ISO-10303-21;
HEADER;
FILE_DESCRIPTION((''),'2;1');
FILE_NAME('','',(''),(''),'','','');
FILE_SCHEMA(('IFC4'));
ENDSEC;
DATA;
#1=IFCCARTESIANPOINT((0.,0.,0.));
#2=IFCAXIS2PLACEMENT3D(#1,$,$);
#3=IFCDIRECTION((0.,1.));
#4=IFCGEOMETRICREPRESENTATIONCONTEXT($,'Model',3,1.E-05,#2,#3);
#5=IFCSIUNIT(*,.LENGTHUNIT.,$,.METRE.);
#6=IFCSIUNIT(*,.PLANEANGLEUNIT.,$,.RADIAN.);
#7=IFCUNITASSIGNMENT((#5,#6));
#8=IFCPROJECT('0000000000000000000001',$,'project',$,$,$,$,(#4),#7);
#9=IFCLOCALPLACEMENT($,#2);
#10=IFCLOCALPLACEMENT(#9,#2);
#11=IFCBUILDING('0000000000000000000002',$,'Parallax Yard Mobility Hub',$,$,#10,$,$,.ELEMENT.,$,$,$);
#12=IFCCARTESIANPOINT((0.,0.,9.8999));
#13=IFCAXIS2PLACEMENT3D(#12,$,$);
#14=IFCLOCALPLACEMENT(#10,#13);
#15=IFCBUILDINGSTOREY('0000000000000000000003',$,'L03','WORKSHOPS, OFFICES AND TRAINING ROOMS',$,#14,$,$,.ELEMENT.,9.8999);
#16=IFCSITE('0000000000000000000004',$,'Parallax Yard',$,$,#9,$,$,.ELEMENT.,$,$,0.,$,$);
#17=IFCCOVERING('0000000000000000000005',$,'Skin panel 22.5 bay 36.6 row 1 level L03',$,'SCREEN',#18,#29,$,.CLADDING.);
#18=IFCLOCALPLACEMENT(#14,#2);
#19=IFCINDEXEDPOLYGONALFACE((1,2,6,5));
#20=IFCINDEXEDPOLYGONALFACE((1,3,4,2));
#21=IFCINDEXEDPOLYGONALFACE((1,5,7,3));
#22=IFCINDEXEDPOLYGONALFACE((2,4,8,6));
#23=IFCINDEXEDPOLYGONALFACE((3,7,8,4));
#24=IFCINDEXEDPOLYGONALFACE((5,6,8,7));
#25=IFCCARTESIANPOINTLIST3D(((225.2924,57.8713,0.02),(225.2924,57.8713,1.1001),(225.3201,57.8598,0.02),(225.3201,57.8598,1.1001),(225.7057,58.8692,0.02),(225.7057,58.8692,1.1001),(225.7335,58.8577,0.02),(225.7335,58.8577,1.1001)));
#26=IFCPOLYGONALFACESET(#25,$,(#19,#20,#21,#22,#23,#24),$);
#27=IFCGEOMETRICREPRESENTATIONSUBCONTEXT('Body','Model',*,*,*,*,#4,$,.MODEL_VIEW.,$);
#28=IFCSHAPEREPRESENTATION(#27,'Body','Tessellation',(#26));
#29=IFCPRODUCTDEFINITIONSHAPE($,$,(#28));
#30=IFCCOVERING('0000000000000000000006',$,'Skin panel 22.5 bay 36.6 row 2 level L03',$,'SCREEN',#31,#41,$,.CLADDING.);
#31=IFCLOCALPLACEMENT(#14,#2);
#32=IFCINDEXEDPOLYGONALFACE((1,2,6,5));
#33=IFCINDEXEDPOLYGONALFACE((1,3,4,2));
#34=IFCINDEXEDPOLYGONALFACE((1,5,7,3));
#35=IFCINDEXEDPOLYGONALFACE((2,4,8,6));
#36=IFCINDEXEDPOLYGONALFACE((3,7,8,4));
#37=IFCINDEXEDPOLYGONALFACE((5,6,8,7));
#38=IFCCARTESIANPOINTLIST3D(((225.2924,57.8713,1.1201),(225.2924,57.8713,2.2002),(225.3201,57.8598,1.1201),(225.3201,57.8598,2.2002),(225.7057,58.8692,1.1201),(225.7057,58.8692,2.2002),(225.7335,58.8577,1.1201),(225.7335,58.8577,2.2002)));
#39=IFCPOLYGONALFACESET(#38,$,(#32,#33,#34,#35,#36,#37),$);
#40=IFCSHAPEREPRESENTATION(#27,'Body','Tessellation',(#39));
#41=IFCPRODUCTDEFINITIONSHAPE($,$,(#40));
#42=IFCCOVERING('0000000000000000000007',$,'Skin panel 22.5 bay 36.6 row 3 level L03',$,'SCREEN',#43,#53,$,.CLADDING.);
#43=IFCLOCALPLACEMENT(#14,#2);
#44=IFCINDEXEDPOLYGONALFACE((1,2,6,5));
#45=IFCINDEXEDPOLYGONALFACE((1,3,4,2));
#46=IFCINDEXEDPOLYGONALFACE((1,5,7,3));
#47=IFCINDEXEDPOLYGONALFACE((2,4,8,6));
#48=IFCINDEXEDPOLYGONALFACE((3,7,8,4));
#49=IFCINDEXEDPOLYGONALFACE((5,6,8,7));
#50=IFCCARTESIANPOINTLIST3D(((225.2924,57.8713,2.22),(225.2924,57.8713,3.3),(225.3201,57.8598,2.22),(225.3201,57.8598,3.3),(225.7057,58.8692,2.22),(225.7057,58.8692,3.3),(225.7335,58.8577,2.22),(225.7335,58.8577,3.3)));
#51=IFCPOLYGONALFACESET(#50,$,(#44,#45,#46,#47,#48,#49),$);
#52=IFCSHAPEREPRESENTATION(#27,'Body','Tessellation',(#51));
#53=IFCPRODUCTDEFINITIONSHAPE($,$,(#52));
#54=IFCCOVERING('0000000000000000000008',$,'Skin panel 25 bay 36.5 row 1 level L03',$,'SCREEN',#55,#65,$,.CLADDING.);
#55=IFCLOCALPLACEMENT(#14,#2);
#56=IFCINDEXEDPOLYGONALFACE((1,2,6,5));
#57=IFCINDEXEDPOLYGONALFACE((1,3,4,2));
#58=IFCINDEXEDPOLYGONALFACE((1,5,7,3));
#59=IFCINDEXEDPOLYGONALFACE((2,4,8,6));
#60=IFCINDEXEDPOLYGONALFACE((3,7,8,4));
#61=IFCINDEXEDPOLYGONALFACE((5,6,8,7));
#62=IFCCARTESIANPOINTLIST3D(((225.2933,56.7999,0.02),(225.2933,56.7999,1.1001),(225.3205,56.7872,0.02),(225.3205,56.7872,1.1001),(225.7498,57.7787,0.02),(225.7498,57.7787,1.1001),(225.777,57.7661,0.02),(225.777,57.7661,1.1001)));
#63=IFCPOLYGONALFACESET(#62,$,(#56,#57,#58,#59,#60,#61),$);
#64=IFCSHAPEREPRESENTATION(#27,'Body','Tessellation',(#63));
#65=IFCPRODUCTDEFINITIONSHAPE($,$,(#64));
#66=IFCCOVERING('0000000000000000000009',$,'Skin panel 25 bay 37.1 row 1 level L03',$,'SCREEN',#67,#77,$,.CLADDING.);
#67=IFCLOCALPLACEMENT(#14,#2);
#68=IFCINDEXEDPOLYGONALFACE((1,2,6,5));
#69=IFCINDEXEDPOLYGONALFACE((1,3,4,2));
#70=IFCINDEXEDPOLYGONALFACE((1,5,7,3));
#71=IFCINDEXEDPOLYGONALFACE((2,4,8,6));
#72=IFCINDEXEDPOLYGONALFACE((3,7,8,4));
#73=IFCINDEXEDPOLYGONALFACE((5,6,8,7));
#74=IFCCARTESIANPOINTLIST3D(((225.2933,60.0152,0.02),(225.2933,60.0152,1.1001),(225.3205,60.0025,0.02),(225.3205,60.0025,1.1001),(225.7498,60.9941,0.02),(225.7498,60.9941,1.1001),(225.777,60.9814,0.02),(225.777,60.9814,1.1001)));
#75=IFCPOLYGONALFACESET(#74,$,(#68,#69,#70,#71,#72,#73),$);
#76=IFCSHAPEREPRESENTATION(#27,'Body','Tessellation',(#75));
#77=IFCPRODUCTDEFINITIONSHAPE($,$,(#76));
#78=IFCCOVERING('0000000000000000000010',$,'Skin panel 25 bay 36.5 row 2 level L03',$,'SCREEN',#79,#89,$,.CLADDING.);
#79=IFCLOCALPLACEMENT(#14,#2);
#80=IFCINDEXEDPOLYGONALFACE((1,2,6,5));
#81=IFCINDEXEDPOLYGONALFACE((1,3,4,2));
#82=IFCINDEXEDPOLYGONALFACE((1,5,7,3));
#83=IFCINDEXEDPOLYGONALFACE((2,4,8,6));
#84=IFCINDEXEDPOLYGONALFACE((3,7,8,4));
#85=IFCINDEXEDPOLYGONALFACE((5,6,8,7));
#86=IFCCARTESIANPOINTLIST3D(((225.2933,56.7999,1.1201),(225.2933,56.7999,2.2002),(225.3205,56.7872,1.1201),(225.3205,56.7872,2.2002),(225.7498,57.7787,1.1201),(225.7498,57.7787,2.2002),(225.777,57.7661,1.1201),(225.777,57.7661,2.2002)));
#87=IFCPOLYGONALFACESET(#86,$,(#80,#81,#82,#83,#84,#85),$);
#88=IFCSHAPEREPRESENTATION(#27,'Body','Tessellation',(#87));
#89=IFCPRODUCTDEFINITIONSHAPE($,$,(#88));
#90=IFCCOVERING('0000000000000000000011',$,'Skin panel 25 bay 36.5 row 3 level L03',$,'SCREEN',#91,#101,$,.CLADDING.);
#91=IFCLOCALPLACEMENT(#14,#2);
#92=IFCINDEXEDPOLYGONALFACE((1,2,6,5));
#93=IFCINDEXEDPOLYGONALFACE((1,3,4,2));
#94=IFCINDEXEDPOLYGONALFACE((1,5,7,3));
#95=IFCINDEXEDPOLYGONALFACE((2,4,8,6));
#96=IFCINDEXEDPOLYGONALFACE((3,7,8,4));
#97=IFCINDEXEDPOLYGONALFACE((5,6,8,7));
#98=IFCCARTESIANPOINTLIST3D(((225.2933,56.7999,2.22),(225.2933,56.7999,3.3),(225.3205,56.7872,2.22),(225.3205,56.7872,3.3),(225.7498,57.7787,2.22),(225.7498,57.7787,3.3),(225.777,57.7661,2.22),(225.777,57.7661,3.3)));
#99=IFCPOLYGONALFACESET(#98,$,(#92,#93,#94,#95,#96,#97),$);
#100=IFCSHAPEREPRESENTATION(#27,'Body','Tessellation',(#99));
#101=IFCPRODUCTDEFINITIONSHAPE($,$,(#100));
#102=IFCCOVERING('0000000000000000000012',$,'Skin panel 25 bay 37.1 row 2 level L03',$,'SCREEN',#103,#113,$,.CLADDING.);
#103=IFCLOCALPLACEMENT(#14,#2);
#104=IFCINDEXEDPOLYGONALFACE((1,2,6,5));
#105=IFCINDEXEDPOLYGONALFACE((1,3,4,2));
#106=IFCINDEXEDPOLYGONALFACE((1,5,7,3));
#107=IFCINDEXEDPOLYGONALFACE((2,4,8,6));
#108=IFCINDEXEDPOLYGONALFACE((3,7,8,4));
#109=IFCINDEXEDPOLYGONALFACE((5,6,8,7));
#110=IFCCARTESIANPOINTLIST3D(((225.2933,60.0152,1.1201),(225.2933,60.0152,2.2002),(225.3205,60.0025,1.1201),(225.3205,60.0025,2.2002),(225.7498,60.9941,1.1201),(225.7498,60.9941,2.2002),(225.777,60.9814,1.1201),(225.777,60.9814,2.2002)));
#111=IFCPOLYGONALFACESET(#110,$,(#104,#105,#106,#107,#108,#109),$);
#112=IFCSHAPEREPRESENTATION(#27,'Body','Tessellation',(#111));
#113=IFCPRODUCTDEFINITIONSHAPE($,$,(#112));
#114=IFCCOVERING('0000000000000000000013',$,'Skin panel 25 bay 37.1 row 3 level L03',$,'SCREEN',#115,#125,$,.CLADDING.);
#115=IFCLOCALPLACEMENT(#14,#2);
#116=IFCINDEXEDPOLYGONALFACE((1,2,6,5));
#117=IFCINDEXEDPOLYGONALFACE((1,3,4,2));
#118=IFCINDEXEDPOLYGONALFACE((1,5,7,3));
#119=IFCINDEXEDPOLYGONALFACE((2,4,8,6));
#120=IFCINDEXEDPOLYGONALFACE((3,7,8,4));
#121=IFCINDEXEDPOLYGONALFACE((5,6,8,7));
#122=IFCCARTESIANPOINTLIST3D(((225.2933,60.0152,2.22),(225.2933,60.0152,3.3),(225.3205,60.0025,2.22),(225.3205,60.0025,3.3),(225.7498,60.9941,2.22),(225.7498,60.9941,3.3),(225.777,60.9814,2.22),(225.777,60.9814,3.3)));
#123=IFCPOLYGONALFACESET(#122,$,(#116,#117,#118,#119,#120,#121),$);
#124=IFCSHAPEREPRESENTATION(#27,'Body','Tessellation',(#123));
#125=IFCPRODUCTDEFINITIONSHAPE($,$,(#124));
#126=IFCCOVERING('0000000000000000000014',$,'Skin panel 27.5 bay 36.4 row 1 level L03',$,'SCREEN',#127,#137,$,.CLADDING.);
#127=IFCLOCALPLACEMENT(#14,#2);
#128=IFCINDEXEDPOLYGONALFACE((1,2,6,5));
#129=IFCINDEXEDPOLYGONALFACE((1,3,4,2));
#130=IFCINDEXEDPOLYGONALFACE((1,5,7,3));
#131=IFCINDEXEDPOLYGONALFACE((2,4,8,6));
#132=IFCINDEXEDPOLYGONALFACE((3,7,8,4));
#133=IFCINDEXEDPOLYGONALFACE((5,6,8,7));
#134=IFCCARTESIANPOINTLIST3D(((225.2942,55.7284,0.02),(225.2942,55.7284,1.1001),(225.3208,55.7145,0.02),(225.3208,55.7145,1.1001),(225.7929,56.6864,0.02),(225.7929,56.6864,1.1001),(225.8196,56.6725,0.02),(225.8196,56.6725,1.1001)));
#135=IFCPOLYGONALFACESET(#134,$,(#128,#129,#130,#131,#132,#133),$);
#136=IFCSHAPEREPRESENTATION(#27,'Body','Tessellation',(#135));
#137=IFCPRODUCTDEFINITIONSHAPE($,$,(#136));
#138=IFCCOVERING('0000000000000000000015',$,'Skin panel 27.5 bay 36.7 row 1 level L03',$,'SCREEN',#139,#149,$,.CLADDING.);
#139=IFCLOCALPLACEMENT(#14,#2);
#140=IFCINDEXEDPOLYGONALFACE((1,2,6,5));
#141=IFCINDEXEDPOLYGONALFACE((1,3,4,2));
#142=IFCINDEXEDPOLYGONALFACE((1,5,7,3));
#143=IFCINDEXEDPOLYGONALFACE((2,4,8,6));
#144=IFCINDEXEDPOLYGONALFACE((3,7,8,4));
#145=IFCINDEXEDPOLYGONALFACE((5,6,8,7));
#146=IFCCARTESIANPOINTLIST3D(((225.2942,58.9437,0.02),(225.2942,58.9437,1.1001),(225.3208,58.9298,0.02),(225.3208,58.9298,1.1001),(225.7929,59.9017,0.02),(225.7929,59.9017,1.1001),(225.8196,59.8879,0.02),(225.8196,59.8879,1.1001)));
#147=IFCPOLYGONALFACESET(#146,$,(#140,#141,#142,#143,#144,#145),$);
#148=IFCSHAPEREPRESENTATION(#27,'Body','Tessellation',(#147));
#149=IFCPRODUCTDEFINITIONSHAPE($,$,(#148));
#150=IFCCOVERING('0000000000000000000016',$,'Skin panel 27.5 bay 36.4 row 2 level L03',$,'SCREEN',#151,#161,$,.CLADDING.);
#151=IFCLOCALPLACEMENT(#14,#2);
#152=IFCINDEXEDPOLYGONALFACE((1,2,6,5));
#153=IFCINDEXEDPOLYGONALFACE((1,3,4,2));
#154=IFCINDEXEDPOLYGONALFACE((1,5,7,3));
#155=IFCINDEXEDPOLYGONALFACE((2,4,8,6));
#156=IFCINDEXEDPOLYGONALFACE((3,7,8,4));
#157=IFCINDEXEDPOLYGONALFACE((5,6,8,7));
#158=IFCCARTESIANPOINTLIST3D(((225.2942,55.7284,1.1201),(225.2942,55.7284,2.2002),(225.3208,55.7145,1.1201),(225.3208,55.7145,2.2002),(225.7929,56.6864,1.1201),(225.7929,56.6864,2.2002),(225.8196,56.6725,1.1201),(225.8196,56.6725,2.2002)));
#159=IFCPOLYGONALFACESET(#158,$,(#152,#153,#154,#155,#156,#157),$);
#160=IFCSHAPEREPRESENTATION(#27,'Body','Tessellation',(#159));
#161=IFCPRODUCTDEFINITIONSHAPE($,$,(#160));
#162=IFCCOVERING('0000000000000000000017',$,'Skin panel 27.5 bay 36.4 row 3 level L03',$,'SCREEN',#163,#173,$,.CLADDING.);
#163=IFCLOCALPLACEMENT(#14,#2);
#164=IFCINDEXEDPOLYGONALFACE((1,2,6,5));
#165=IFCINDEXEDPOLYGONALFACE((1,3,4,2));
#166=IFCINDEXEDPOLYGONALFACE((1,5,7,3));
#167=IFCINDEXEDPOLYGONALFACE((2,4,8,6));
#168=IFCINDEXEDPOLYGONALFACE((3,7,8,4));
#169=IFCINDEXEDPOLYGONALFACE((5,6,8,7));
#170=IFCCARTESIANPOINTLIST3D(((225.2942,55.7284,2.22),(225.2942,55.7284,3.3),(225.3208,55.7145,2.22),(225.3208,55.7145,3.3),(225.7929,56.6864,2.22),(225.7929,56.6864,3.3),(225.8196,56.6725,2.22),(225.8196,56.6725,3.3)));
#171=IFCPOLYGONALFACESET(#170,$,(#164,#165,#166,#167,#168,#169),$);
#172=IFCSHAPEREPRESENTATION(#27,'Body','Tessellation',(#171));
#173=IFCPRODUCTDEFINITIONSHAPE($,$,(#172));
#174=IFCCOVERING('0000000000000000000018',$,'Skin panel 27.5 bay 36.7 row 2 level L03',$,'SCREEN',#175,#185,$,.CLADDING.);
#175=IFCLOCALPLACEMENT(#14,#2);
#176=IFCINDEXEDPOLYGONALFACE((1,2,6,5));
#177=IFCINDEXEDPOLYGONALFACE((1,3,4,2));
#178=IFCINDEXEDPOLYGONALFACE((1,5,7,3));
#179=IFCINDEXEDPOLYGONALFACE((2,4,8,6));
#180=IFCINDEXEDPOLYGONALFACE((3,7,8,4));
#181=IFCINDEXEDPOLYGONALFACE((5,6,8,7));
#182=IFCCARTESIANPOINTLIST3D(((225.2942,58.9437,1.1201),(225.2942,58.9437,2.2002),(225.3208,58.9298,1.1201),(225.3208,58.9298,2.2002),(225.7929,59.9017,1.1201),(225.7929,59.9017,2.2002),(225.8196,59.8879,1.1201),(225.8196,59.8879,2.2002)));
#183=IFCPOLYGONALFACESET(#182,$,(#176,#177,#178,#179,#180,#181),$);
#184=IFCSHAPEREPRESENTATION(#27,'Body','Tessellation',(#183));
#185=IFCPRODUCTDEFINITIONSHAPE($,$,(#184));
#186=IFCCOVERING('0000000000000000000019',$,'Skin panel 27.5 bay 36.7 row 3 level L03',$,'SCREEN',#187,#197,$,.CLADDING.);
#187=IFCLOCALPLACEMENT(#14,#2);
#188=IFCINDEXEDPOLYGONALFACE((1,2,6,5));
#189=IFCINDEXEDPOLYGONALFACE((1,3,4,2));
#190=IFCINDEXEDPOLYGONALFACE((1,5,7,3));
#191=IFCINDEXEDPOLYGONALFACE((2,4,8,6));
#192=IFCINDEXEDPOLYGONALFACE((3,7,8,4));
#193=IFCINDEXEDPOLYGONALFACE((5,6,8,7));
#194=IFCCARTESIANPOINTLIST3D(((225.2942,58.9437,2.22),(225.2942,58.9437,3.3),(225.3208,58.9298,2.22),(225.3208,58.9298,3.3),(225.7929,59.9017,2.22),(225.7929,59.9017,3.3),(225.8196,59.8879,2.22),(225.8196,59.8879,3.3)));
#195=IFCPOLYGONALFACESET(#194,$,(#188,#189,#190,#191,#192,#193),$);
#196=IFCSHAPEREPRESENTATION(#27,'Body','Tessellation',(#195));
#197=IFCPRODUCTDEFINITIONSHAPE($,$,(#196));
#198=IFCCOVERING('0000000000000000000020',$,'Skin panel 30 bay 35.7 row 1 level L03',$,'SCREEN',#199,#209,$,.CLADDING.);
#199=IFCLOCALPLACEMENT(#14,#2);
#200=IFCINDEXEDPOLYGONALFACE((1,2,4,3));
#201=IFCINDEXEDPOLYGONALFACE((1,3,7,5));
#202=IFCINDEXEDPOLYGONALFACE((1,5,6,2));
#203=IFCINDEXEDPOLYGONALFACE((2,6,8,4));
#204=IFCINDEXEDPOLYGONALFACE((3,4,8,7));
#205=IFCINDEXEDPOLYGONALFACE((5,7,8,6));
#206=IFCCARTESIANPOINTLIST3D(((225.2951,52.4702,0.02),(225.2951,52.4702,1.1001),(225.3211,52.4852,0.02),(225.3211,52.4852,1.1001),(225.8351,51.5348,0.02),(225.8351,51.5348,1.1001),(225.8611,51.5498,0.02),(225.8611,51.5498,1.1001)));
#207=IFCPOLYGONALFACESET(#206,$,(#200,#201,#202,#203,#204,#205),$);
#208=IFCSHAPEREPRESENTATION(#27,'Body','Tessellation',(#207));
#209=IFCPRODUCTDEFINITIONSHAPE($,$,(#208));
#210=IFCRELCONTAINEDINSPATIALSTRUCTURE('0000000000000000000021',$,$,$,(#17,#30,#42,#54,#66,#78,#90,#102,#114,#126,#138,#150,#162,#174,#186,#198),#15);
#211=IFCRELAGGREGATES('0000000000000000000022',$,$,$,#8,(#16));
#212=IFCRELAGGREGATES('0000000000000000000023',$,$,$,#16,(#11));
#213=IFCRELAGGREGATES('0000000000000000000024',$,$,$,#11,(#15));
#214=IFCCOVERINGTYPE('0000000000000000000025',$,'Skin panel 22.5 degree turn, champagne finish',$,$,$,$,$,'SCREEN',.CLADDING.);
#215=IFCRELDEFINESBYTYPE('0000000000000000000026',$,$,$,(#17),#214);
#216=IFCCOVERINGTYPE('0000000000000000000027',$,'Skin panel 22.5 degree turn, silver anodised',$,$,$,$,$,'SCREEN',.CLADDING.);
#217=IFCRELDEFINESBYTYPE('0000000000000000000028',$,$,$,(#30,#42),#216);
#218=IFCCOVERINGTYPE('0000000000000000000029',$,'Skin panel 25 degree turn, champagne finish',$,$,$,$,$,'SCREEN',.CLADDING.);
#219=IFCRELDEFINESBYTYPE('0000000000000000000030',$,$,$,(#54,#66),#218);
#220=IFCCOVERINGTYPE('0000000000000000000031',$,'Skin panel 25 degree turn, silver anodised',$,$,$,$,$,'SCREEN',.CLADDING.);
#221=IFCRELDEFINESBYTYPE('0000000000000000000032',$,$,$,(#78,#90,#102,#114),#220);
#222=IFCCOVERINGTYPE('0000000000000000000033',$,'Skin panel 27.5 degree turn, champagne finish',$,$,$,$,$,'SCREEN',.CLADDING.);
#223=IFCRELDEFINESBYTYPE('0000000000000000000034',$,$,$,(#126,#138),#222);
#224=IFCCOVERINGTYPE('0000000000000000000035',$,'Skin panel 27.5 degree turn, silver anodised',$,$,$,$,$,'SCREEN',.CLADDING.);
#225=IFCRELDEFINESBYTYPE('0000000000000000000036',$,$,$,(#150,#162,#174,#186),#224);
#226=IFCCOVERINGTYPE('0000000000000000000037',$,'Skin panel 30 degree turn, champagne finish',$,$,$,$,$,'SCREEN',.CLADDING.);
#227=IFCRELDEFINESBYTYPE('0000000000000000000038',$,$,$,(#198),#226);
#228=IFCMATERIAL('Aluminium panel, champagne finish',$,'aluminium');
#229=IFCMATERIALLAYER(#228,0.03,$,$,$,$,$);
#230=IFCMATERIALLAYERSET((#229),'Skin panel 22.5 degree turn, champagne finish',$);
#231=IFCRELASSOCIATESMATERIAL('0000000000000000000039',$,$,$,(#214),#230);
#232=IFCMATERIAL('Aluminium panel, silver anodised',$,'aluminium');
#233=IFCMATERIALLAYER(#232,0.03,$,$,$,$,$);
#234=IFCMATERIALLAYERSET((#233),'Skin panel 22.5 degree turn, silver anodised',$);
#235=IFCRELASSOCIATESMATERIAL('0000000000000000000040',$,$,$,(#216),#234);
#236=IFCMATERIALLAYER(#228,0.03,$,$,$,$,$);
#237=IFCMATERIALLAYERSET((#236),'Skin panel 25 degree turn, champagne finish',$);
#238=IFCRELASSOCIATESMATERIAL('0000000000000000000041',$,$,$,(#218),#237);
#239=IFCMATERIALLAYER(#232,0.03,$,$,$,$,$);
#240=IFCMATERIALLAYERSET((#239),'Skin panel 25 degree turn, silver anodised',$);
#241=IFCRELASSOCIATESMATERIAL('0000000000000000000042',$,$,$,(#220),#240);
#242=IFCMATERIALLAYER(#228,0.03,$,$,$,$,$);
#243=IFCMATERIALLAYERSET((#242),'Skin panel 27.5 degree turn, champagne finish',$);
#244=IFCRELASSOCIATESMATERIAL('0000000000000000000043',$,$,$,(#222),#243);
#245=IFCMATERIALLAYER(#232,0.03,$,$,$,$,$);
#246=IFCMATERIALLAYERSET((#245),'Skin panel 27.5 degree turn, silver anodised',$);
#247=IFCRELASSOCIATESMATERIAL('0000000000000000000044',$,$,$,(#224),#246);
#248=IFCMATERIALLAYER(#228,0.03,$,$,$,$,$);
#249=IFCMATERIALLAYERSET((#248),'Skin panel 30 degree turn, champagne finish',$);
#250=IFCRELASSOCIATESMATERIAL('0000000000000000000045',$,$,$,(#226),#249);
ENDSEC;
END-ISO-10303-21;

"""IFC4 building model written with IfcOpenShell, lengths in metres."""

from ifc_helpers import new_model, si_unit, direction, frame, origin, origin_2d, place, context, subcontext, project, spatial, rectangle, extrude, material, layer, layer_set, type_object, element, save


model = new_model("IFC4")

# Units and contexts
model_context = context("Model", 3, precision=1e-05, world=origin(), true_north=direction((0.0, 1.0)))
body_context = subcontext(model_context, "Body", "Model", "MODEL_VIEW")
ifc_project = project(units=[si_unit("LENGTHUNIT", "METRE"), si_unit("PLANEANGLEUNIT", "RADIAN")], contexts=[model_context])

# Site, building, storey
site_placement = place(None, origin())
site = spatial("IfcSite", under=ifc_project, at=site_placement, Name="Parallax Yard", CompositionType="ELEMENT", RefElevation=0.0)
building_placement = place(site_placement, origin())
building = spatial("IfcBuilding", under=site, at=building_placement, Name="Parallax Yard Mobility Hub", CompositionType="ELEMENT")
storey_placement = place(building_placement, frame((0.0, 0.0, 9.8999)))
storey = spatial("IfcBuildingStorey", under=building, at=storey_placement, Name="L03", Description="WORKSHOPS, OFFICES AND TRAINING ROOMS", CompositionType="ELEMENT", Elevation=9.8999)

# Coverings
ifc_material_1 = material(Name="Aluminium panel, champagne finish", Category="aluminium")
ifc_layer_1 = layer(ifc_material_1, 0.03)
ifc_layer_set_1 = layer_set([ifc_layer_1], Name="Skin panel 22.5 degree turn, champagne finish")
covering_type_1 = type_object("IfcCoveringType", Name="Skin panel 22.5 degree turn, champagne finish", ElementType="SCREEN", PredefinedType="CLADDING", material=ifc_layer_set_1)
covering_1_placement = place(storey_placement, frame((225.5129, 58.3645, 0.02), z_axis=(0.0, 0.0, 1.0), x_axis=(0.382683, 0.92388, 0.0)))
element("IfcCovering", 1, at=covering_1_placement, inside=storey, type_object=covering_type_1, Name="Skin panel 22.5 bay 36.6 row 1 level L03", ObjectType="SCREEN", PredefinedType="CLADDING", context=body_context, shape_type="SweptSolid", body=[
    extrude(rectangle(XDim=1.0801, YDim=0.03, at=origin_2d()), origin(), (0.0, 0.0, 1.0), 1.0801),
])
ifc_material_2 = material(Name="Aluminium panel, silver anodised", Category="aluminium")
ifc_layer_2 = layer(ifc_material_2, 0.03)
ifc_layer_set_2 = layer_set([ifc_layer_2], Name="Skin panel 22.5 degree turn, silver anodised")
covering_type_2 = type_object("IfcCoveringType", Name="Skin panel 22.5 degree turn, silver anodised", ElementType="SCREEN", PredefinedType="CLADDING", material=ifc_layer_set_2)
for number, where, z_axis, x_axis, name in (
    (2, (225.5129, 58.3645, 1.1201), (0.0, 0.0, 1.0), (0.382683, 0.92388, 0.0), "Skin panel 22.5 bay 36.6 row 2 level L03"),
    (3, (225.5129, 58.3645, 2.22), (0.0, 0.0, 1.0), (0.382683, 0.92388, 0.0), "Skin panel 22.5 bay 36.6 row 3 level L03"),
):
    element("IfcCovering", number, at=place(storey_placement, frame(where, z_axis=z_axis, x_axis=x_axis)), inside=storey, type_object=covering_type_2, Name=name, ObjectType="SCREEN", PredefinedType="CLADDING", context=body_context, shape_type="SweptSolid", body=[
        extrude(rectangle(XDim=1.0801, YDim=0.03, at=origin_2d()), origin(), (0.0, 0.0, 1.0), 1.0801),
    ])
ifc_layer_3 = layer(ifc_material_1, 0.03)
ifc_layer_set_3 = layer_set([ifc_layer_3], Name="Skin panel 25 degree turn, champagne finish")
covering_type_3 = type_object("IfcCoveringType", Name="Skin panel 25 degree turn, champagne finish", ElementType="SCREEN", PredefinedType="CLADDING", material=ifc_layer_set_3)
for number, where, z_axis, x_axis, name in (
    (4, (225.5352, 57.283, 0.02), (0.0, 0.0, 1.0), (0.422618, 0.906308, 0.0), "Skin panel 25 bay 36.5 row 1 level L03"),
    (5, (225.5352, 60.4983, 0.02), (0.0, 0.0, 1.0), (0.422618, 0.906308, 0.0), "Skin panel 25 bay 37.1 row 1 level L03"),
):
    element("IfcCovering", number, at=place(storey_placement, frame(where, z_axis=z_axis, x_axis=x_axis)), inside=storey, type_object=covering_type_3, Name=name, ObjectType="SCREEN", PredefinedType="CLADDING", context=body_context, shape_type="SweptSolid", body=[
        extrude(rectangle(XDim=1.0801, YDim=0.03, at=origin_2d()), origin(), (0.0, 0.0, 1.0), 1.0801),
    ])
ifc_layer_4 = layer(ifc_material_2, 0.03)
ifc_layer_set_4 = layer_set([ifc_layer_4], Name="Skin panel 25 degree turn, silver anodised")
covering_type_4 = type_object("IfcCoveringType", Name="Skin panel 25 degree turn, silver anodised", ElementType="SCREEN", PredefinedType="CLADDING", material=ifc_layer_set_4)
for number, where, z_axis, x_axis, name in (
    (6, (225.5352, 57.283, 1.1201), (0.0, 0.0, 1.0), (0.422618, 0.906308, 0.0), "Skin panel 25 bay 36.5 row 2 level L03"),
    (7, (225.5352, 57.283, 2.22), (0.0, 0.0, 1.0), (0.422618, 0.906308, 0.0), "Skin panel 25 bay 36.5 row 3 level L03"),
    (8, (225.5352, 60.4983, 1.1201), (0.0, 0.0, 1.0), (0.422618, 0.906308, 0.0), "Skin panel 25 bay 37.1 row 2 level L03"),
    (9, (225.5352, 60.4983, 2.22), (0.0, 0.0, 1.0), (0.422618, 0.906308, 0.0), "Skin panel 25 bay 37.1 row 3 level L03"),
):
    element("IfcCovering", number, at=place(storey_placement, frame(where, z_axis=z_axis, x_axis=x_axis)), inside=storey, type_object=covering_type_4, Name=name, ObjectType="SCREEN", PredefinedType="CLADDING", context=body_context, shape_type="SweptSolid", body=[
        extrude(rectangle(XDim=1.0801, YDim=0.03, at=origin_2d()), origin(), (0.0, 0.0, 1.0), 1.0801),
    ])
ifc_layer_5 = layer(ifc_material_1, 0.03)
ifc_layer_set_5 = layer_set([ifc_layer_5], Name="Skin panel 27.5 degree turn, champagne finish")
covering_type_5 = type_object("IfcCoveringType", Name="Skin panel 27.5 degree turn, champagne finish", ElementType="SCREEN", PredefinedType="CLADDING", material=ifc_layer_set_5)
for number, where, z_axis, x_axis, name in (
    (10, (225.5569, 56.2004, 0.02), (0.0, 0.0, 1.0), (0.461749, 0.887011, 0.0), "Skin panel 27.5 bay 36.4 row 1 level L03"),
    (11, (225.5569, 59.4158, 0.02), (0.0, 0.0, 1.0), (0.461749, 0.887011, 0.0), "Skin panel 27.5 bay 36.7 row 1 level L03"),
):
    element("IfcCovering", number, at=place(storey_placement, frame(where, z_axis=z_axis, x_axis=x_axis)), inside=storey, type_object=covering_type_5, Name=name, ObjectType="SCREEN", PredefinedType="CLADDING", context=body_context, shape_type="SweptSolid", body=[
        extrude(rectangle(XDim=1.0801, YDim=0.03, at=origin_2d()), origin(), (0.0, 0.0, 1.0), 1.0801),
    ])
ifc_layer_6 = layer(ifc_material_2, 0.03)
ifc_layer_set_6 = layer_set([ifc_layer_6], Name="Skin panel 27.5 degree turn, silver anodised")
covering_type_6 = type_object("IfcCoveringType", Name="Skin panel 27.5 degree turn, silver anodised", ElementType="SCREEN", PredefinedType="CLADDING", material=ifc_layer_set_6)
for number, where, z_axis, x_axis, name in (
    (12, (225.5569, 56.2004, 1.1201), (0.0, 0.0, 1.0), (0.461749, 0.887011, 0.0), "Skin panel 27.5 bay 36.4 row 2 level L03"),
    (13, (225.5569, 56.2004, 2.22), (0.0, 0.0, 1.0), (0.461749, 0.887011, 0.0), "Skin panel 27.5 bay 36.4 row 3 level L03"),
    (14, (225.5569, 59.4158, 1.1201), (0.0, 0.0, 1.0), (0.461749, 0.887011, 0.0), "Skin panel 27.5 bay 36.7 row 2 level L03"),
    (15, (225.5569, 59.4158, 2.22), (0.0, 0.0, 1.0), (0.461749, 0.887011, 0.0), "Skin panel 27.5 bay 36.7 row 3 level L03"),
):
    element("IfcCovering", number, at=place(storey_placement, frame(where, z_axis=z_axis, x_axis=x_axis)), inside=storey, type_object=covering_type_6, Name=name, ObjectType="SCREEN", PredefinedType="CLADDING", context=body_context, shape_type="SweptSolid", body=[
        extrude(rectangle(XDim=1.0801, YDim=0.03, at=origin_2d()), origin(), (0.0, 0.0, 1.0), 1.0801),
    ])
ifc_layer_7 = layer(ifc_material_1, 0.03)
ifc_layer_set_7 = layer_set([ifc_layer_7], Name="Skin panel 30 degree turn, champagne finish")
covering_type_7 = type_object("IfcCoveringType", Name="Skin panel 30 degree turn, champagne finish", ElementType="SCREEN", PredefinedType="CLADDING", material=ifc_layer_set_7)
for number, where, z_axis, x_axis, name in (
    (16, (225.5781, 52.01, 0.02), (0.0, 0.0, 1.0), (0.5, -0.866025, 0.0), "Skin panel 30 bay 35.7 row 1 level L03"),
):
    element("IfcCovering", number, at=place(storey_placement, frame(where, z_axis=z_axis, x_axis=x_axis)), inside=storey, type_object=covering_type_7, Name=name, ObjectType="SCREEN", PredefinedType="CLADDING", context=body_context, shape_type="SweptSolid", body=[
        extrude(rectangle(XDim=1.0801, YDim=0.03, at=origin_2d()), origin(), (0.0, 0.0, 1.0), 1.0801),
    ])

save(model, "model.ifc")
